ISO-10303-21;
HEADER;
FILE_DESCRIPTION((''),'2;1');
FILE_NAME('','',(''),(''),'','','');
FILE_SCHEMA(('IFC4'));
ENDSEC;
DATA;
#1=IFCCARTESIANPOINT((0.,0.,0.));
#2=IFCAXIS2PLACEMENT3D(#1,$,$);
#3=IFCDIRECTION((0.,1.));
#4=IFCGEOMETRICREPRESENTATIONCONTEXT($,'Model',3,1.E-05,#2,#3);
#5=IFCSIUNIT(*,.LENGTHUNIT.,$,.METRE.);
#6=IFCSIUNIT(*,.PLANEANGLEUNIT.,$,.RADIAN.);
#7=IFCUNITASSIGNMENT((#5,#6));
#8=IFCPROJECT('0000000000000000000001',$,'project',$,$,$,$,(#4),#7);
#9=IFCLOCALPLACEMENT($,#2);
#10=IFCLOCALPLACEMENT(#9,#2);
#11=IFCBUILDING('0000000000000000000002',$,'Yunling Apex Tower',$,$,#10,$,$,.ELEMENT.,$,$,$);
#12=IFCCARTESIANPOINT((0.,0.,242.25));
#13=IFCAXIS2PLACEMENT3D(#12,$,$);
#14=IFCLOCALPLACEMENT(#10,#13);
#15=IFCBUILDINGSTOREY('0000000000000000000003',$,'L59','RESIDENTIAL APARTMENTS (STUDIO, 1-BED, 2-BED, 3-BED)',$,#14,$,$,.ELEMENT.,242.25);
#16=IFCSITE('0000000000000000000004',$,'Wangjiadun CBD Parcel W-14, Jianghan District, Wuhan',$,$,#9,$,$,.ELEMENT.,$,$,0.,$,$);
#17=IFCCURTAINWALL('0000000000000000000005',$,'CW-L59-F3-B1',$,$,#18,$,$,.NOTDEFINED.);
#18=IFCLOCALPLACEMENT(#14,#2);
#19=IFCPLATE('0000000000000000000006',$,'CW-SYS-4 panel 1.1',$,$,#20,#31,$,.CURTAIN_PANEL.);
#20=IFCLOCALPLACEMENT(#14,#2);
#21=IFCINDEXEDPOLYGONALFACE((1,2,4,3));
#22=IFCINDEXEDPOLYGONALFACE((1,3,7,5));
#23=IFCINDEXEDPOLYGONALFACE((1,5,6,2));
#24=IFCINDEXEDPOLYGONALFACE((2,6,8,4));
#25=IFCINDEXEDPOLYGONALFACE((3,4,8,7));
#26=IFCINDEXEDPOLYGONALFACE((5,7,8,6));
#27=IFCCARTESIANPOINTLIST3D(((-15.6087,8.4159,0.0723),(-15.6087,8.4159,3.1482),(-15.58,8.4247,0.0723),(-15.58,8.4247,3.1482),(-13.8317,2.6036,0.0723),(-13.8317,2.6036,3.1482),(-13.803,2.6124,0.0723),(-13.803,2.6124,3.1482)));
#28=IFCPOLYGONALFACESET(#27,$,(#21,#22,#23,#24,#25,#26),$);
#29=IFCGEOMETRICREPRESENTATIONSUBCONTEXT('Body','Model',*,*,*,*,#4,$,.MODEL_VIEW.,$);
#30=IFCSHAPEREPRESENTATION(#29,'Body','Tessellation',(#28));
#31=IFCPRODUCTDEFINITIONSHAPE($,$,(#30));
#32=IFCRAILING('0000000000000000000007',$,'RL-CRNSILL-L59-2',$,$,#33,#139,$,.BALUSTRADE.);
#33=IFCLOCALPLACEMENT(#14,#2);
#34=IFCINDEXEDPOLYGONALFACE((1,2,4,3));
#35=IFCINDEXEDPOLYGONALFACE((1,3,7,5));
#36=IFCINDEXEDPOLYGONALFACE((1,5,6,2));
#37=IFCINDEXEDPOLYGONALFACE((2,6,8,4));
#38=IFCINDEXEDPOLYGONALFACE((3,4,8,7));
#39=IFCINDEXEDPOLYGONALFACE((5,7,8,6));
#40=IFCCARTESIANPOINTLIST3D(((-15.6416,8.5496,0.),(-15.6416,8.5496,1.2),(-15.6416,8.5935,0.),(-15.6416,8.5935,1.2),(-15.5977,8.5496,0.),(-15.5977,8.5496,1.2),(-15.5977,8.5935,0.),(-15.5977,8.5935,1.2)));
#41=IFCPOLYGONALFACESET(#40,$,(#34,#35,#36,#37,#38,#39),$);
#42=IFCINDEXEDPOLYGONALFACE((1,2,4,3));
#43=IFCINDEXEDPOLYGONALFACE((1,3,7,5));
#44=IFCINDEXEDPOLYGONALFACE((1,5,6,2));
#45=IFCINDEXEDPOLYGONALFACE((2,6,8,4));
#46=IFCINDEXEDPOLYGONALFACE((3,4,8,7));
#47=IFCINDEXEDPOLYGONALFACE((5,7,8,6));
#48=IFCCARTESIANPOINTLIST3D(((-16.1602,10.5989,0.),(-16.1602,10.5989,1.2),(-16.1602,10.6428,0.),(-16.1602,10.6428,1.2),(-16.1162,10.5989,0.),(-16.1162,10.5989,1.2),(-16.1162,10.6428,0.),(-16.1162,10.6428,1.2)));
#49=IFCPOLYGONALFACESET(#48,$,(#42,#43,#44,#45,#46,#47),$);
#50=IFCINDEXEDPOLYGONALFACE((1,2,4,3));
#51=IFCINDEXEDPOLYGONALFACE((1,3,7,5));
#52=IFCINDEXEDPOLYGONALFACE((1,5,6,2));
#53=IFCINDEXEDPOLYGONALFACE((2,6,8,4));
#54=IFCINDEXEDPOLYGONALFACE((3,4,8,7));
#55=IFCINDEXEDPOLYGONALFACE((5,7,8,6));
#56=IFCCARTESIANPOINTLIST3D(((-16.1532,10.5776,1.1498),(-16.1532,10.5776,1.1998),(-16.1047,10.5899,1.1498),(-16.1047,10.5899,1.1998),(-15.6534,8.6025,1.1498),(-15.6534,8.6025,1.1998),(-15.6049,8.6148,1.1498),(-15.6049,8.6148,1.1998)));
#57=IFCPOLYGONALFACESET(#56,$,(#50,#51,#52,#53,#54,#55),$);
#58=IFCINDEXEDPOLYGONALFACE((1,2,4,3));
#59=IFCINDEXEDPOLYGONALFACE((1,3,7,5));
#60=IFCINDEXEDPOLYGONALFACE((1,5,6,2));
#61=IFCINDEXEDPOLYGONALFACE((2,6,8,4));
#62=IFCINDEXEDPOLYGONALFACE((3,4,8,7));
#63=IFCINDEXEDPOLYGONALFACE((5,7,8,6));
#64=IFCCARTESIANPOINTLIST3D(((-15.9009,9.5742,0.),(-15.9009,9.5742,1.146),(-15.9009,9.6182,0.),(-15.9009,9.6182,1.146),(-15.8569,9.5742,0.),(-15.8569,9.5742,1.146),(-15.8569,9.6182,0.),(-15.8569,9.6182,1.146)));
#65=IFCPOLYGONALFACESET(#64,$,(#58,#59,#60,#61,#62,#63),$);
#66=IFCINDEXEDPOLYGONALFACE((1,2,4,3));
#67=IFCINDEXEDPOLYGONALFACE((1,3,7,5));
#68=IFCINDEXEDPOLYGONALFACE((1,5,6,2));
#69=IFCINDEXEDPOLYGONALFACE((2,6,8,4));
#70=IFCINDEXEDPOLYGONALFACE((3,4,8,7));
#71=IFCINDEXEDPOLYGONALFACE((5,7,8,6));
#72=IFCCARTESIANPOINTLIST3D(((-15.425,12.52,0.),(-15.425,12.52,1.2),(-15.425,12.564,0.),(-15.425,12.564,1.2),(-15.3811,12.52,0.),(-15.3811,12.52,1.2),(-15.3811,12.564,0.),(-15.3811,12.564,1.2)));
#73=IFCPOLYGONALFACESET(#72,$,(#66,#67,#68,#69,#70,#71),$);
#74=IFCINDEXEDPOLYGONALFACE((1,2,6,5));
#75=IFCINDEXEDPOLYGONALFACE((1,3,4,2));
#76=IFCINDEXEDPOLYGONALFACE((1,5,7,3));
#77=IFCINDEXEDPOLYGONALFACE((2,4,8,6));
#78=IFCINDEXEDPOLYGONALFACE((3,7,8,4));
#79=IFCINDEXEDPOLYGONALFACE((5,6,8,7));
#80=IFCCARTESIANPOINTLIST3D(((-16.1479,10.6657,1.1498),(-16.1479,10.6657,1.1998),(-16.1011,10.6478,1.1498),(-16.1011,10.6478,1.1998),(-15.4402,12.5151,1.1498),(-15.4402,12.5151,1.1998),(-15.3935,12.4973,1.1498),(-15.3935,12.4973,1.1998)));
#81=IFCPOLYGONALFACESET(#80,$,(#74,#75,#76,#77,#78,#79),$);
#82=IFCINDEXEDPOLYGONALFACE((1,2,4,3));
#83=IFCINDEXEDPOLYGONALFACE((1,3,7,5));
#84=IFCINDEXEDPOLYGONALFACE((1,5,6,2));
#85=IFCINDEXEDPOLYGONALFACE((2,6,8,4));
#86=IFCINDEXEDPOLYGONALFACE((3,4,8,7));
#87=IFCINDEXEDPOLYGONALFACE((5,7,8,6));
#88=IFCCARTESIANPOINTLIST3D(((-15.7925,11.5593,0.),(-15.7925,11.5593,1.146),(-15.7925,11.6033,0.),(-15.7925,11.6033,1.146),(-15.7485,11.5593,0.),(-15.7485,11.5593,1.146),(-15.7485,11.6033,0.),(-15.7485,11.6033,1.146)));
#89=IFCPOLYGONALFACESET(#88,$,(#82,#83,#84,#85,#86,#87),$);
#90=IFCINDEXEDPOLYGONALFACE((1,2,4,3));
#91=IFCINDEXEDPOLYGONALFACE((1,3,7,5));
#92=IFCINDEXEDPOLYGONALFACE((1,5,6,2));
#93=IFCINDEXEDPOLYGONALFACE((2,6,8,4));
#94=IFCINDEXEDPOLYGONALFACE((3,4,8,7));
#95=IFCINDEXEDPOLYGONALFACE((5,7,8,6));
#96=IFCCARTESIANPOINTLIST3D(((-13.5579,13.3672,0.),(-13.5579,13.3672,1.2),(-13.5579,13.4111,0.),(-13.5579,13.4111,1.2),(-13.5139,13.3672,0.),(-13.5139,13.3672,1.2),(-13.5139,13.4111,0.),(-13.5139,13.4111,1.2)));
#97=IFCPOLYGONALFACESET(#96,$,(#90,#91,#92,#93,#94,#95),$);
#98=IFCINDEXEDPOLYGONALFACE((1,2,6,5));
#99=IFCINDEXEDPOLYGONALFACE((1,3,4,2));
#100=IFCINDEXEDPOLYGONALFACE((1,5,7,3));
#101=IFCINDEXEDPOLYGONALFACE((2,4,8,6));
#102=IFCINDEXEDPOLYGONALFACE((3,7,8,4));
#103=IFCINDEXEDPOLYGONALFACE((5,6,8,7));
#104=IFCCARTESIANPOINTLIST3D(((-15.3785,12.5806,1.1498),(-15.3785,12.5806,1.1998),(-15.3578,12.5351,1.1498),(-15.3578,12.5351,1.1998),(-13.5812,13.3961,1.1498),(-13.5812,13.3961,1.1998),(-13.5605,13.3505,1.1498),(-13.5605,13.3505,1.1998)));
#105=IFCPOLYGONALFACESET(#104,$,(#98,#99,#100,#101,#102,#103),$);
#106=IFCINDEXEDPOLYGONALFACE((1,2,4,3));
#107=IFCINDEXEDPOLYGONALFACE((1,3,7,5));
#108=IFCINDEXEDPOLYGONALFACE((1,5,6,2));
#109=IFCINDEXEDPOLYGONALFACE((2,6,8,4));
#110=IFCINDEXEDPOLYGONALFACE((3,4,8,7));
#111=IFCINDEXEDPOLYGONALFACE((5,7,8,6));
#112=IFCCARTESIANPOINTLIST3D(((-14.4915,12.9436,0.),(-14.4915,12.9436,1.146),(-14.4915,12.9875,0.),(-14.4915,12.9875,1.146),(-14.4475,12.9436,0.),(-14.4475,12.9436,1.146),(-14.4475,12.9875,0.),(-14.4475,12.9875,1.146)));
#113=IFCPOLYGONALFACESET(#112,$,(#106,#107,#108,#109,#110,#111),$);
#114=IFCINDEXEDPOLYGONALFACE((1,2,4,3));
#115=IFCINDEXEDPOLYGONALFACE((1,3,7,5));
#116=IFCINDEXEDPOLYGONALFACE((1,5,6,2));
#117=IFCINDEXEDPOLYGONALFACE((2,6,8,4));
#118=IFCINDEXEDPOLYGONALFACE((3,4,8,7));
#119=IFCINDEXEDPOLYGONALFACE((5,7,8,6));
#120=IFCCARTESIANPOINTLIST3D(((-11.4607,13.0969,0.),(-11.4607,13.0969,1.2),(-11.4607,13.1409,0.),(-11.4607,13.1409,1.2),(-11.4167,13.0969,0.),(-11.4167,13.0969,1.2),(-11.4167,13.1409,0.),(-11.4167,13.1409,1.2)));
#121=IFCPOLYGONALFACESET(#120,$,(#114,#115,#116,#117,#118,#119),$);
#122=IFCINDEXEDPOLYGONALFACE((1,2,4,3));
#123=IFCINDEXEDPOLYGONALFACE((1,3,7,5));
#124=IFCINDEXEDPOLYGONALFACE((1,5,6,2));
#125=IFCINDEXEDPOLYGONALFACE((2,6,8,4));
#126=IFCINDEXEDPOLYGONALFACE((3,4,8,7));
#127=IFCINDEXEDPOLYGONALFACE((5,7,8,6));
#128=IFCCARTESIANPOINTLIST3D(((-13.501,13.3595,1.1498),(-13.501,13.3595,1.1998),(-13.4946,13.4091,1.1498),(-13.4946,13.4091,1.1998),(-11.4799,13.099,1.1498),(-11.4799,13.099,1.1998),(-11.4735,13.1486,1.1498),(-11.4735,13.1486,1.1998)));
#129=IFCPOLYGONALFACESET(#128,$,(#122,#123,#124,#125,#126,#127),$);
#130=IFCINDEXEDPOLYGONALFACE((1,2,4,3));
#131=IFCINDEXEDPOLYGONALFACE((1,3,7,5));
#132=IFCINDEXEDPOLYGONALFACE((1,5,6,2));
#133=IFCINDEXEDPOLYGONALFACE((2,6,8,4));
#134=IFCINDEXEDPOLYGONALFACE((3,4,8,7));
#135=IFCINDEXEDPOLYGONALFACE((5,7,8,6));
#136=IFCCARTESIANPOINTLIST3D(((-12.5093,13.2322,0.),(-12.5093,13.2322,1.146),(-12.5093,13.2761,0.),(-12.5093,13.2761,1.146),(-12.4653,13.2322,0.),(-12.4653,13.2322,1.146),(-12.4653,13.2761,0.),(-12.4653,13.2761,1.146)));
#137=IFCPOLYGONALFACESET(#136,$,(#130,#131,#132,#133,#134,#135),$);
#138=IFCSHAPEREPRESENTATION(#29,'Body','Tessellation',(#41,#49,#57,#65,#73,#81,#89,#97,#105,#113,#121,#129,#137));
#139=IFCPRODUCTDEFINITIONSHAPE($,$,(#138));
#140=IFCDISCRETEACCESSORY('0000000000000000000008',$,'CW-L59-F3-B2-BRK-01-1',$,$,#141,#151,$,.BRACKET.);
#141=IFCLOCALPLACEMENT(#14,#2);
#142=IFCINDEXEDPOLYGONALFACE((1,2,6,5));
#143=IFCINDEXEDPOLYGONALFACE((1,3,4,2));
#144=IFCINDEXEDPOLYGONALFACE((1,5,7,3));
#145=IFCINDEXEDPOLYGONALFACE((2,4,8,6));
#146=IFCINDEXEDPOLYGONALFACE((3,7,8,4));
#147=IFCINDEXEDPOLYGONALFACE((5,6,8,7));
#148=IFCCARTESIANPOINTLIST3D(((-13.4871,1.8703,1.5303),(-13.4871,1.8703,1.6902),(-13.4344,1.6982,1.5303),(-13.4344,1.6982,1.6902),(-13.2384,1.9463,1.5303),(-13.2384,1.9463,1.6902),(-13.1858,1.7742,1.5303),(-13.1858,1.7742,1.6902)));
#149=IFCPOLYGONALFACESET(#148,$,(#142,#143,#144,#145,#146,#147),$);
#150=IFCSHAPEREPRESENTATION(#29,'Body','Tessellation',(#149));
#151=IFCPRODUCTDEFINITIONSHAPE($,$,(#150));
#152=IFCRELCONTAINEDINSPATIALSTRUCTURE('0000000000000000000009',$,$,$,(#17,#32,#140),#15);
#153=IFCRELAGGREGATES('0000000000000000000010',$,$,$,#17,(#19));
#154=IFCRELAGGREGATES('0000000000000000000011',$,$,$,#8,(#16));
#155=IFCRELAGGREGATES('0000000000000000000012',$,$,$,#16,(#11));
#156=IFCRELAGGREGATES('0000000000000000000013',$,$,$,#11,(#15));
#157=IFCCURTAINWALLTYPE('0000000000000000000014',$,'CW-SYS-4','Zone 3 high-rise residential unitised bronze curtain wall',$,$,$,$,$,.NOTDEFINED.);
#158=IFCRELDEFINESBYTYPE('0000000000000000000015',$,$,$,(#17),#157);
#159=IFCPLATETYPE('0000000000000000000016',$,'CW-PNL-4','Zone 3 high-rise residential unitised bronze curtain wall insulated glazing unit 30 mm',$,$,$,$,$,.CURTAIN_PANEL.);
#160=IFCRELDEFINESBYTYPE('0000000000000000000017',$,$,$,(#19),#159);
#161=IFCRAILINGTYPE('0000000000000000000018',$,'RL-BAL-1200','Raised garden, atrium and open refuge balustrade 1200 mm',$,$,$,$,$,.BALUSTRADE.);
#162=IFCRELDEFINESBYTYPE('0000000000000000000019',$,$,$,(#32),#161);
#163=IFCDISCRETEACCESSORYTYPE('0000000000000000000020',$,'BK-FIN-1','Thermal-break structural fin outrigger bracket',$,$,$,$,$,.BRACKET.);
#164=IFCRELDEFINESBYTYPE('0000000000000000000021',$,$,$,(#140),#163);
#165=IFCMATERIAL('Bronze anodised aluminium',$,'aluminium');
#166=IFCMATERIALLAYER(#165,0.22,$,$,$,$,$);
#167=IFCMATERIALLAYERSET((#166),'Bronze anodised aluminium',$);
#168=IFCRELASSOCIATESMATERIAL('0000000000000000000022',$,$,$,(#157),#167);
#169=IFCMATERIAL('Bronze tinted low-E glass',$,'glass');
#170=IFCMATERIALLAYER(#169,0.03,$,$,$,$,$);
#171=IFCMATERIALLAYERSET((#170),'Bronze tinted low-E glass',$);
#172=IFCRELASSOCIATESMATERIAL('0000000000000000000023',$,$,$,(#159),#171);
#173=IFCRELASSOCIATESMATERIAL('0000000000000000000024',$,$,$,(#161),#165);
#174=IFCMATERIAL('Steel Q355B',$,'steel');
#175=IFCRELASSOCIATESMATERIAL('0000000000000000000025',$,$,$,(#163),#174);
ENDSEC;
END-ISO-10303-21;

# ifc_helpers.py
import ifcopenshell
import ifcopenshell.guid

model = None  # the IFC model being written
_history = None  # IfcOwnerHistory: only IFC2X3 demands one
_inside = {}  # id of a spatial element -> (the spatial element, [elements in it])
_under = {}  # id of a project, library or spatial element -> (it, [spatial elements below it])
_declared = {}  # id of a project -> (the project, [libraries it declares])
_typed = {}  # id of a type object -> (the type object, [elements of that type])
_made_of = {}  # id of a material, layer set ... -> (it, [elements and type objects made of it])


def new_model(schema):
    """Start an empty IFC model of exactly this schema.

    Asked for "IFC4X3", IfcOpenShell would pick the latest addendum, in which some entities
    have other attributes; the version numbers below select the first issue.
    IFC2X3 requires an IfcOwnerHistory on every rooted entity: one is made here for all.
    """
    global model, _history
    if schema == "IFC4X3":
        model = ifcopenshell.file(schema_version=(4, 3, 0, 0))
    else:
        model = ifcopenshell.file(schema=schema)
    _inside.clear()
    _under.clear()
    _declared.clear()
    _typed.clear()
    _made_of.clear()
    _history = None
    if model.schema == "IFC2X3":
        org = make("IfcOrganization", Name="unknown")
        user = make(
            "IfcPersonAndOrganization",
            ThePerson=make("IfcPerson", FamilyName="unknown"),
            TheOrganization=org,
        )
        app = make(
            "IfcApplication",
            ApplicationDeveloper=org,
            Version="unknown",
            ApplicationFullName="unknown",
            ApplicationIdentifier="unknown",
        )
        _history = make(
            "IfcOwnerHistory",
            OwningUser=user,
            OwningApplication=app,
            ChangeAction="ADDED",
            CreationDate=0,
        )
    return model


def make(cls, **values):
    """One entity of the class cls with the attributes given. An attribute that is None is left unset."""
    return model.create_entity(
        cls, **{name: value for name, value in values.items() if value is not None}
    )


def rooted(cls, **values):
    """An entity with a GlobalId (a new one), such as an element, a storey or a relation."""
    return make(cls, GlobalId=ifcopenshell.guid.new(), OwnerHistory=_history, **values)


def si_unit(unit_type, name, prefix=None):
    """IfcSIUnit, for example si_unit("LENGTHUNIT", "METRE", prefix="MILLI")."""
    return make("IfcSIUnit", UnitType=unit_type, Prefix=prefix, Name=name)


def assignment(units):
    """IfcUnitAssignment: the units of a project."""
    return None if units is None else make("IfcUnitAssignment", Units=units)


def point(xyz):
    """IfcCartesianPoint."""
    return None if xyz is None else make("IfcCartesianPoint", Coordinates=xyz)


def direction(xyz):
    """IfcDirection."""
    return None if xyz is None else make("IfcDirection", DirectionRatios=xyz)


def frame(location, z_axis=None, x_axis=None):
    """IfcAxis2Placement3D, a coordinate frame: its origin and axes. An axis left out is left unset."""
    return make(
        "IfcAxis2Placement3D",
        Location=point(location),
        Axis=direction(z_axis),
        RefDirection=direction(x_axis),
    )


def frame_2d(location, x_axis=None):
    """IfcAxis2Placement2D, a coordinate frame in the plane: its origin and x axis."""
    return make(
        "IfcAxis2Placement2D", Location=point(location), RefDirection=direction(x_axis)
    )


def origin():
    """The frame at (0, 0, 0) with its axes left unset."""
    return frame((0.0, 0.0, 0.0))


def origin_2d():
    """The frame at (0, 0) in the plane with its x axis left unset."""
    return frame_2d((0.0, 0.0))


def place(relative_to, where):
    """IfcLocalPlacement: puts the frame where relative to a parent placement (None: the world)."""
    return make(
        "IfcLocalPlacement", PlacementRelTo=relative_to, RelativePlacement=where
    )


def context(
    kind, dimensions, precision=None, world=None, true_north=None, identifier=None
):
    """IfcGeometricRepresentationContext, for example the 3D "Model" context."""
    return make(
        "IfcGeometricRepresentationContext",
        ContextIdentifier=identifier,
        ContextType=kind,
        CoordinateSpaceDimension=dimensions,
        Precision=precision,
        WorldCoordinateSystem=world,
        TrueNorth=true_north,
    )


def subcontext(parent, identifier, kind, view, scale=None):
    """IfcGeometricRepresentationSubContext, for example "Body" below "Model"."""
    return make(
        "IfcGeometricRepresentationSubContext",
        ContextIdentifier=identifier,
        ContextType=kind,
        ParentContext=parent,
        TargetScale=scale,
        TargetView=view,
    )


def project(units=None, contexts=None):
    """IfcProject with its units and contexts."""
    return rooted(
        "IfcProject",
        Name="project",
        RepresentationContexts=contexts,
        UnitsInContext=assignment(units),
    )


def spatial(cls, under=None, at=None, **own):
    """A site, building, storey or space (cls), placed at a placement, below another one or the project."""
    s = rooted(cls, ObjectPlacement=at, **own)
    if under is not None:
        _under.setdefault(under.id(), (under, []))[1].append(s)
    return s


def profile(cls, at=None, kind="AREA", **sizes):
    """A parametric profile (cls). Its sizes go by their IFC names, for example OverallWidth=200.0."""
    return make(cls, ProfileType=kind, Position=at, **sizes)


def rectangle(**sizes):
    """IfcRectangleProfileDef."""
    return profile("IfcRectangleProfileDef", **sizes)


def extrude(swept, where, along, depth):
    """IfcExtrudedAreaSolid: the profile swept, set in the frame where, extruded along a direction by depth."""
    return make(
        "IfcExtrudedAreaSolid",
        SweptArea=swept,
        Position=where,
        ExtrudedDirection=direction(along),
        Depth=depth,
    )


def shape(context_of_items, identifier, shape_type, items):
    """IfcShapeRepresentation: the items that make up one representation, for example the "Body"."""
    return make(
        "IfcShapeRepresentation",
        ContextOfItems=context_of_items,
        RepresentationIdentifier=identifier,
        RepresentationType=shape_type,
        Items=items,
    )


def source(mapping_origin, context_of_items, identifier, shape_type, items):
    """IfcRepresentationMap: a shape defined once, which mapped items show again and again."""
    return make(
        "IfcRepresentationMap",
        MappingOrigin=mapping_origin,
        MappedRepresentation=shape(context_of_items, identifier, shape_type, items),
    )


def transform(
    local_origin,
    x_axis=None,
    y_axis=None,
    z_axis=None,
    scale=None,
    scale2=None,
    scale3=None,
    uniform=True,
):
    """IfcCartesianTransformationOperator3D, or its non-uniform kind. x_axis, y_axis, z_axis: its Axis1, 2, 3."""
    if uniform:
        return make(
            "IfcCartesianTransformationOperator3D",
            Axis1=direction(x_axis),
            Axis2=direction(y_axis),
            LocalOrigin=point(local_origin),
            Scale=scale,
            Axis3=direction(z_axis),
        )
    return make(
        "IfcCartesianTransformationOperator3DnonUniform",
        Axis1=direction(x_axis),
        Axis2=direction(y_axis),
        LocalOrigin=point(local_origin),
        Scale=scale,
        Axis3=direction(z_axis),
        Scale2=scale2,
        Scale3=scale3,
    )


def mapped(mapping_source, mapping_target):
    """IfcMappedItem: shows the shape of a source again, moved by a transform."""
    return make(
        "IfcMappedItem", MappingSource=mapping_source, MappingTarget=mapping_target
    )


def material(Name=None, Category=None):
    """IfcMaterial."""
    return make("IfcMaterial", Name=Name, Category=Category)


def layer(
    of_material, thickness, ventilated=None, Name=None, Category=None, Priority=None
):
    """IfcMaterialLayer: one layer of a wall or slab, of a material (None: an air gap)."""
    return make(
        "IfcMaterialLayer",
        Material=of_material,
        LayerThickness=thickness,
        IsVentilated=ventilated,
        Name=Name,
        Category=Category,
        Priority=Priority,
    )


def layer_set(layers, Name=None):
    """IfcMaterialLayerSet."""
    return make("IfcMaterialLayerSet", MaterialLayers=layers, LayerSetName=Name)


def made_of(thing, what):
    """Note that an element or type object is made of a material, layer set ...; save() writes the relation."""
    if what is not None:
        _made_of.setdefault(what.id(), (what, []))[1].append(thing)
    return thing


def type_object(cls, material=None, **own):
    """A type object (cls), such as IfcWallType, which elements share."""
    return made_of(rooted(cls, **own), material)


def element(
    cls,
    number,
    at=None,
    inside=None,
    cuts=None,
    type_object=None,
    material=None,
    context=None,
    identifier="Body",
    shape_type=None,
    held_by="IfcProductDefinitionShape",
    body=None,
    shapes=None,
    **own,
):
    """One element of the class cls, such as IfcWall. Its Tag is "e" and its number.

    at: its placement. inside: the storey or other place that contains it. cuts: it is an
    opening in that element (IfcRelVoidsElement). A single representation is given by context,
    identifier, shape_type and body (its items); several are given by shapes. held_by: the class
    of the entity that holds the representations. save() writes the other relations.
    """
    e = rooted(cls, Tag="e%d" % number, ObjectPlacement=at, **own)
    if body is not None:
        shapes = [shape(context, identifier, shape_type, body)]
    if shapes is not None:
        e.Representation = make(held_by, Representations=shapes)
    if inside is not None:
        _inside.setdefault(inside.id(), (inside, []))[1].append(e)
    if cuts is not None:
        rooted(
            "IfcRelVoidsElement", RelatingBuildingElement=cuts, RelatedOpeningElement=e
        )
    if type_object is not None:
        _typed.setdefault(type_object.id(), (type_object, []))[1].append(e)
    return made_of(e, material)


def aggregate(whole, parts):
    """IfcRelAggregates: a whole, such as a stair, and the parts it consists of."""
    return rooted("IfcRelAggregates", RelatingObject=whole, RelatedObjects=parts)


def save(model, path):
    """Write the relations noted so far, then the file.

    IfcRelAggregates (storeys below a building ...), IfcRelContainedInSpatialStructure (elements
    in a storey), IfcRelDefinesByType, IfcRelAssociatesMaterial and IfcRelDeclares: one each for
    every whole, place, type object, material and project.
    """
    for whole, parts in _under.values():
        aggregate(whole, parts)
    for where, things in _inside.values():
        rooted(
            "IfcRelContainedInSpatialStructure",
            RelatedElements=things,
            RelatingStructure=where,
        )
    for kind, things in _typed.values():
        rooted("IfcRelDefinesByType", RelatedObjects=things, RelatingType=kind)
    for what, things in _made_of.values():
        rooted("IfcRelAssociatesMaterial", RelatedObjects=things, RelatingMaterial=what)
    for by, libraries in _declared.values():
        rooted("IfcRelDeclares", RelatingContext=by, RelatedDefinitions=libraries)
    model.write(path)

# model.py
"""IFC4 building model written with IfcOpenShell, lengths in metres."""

from ifc_helpers import new_model, si_unit, direction, frame, origin, origin_2d, place, context, subcontext, project, spatial, rectangle, extrude, source, transform, mapped, material, layer, layer_set, type_object, element, aggregate, save


model = new_model("IFC4")

# Units and contexts
model_context = context("Model", 3, precision=1e-05, world=origin(), true_north=direction((0.0, 1.0)))
body_context = subcontext(model_context, "Body", "Model", "MODEL_VIEW")
ifc_project = project(units=[si_unit("LENGTHUNIT", "METRE"), si_unit("PLANEANGLEUNIT", "RADIAN")], contexts=[model_context])

# Site, building, storey
site_placement = place(None, origin())
site = spatial("IfcSite", under=ifc_project, at=site_placement, Name="Wangjiadun CBD Parcel W-14, Jianghan District, Wuhan", CompositionType="ELEMENT", RefElevation=0.0)
building_placement = place(site_placement, origin())
building = spatial("IfcBuilding", under=site, at=building_placement, Name="Yunling Apex Tower", CompositionType="ELEMENT")
storey_placement = place(building_placement, frame((0.0, 0.0, 242.25)))
storey = spatial("IfcBuildingStorey", under=building, at=storey_placement, Name="L59", Description="RESIDENTIAL APARTMENTS (STUDIO, 1-BED, 2-BED, 3-BED)", CompositionType="ELEMENT", Elevation=242.25)

# Shared definitions
ifc_material_1 = material(Name="Steel Q355B", Category="steel")

# Curtain wall
ifc_material_2 = material(Name="Bronze anodised aluminium", Category="aluminium")
ifc_layer_1 = layer(ifc_material_2, 0.22)
ifc_layer_set_1 = layer_set([ifc_layer_1], Name="Bronze anodised aluminium")
curtain_wall_type = type_object("IfcCurtainWallType", Name="CW-SYS-4", Description="Zone 3 high-rise residential unitised bronze curtain wall", PredefinedType="NOTDEFINED", material=ifc_layer_set_1)
curtain_wall_1_placement = place(storey_placement, origin())
curtain_wall_1 = element("IfcCurtainWall", 1, at=curtain_wall_1_placement, inside=storey, type_object=curtain_wall_type, Name="CW-L59-F3-B1", PredefinedType="NOTDEFINED")

# Plate
ifc_material_3 = material(Name="Bronze tinted low-E glass", Category="glass")
ifc_layer_2 = layer(ifc_material_3, 0.03)
ifc_layer_set_2 = layer_set([ifc_layer_2], Name="Bronze tinted low-E glass")
plate_type = type_object("IfcPlateType", Name="CW-PNL-4", Description="Zone 3 high-rise residential unitised bronze curtain wall insulated glazing unit 30 mm", PredefinedType="CURTAIN_PANEL", material=ifc_layer_set_2)
shared_shape_1 = source(origin(), body_context, "Body", "SweptSolid", [
    extrude(rectangle(XDim=6.0779, YDim=0.03, at=origin_2d()), origin(), (0.0, 0.0, 1.0), 3.0759),
])
plate_1_placement = place(storey_placement, frame((-14.7058, 5.5142, 0.0723), z_axis=(0.0, 0.0, 1.0), x_axis=(0.292372, -0.956305, 0.0)))
plate_1 = element("IfcPlate", 2, at=plate_1_placement, type_object=plate_type, Name="CW-SYS-4 panel 1.1", PredefinedType="CURTAIN_PANEL", context=body_context, shape_type="MappedRepresentation", body=[
    mapped(shared_shape_1, transform((0.0, 0.0, 0.0), scale=1.0)),
])
aggregate(curtain_wall_1, [plate_1])

# Railing
railing_type = type_object("IfcRailingType", Name="RL-BAL-1200", Description="Raised garden, atrium and open refuge balustrade 1200 mm", PredefinedType="BALUSTRADE", material=ifc_material_2)
railing_placement = place(storey_placement, frame((-15.6196, 8.5715, 0.0)))
element("IfcRailing", 3, at=railing_placement, inside=storey, type_object=railing_type, Name="RL-CRNSILL-L59-2", PredefinedType="BALUSTRADE", context=body_context, shape_type="SweptSolid", body=[
    extrude(rectangle(XDim=0.0439, YDim=0.0439, at=origin_2d()), origin(), (0.0, 0.0, 1.0), 1.2),
    extrude(rectangle(XDim=0.0439, YDim=0.0439, at=origin_2d()), frame((-0.5186, 2.0493, 0.0)), (0.0, 0.0, 1.0), 1.2),
    extrude(rectangle(XDim=0.05, YDim=0.05, at=origin_2d()), frame((-0.0095, 0.0371, 1.1748), z_axis=(-0.245306, 0.969446, 0.0), x_axis=(-0.969446, -0.245306, 0.0)), (0.0, 0.0, 1.0), 2.0374),
    extrude(rectangle(XDim=0.0439, YDim=0.0439, at=origin_2d()), frame((-0.2593, 1.0247, 0.0)), (0.0, 0.0, 1.0), 1.146),
    extrude(rectangle(XDim=0.0439, YDim=0.0439, at=origin_2d()), frame((0.2166, 3.9705, 0.0)), (0.0, 0.0, 1.0), 1.2),
    extrude(rectangle(XDim=0.05, YDim=0.05, at=origin_2d()), frame((-0.5049, 2.0852, 1.1748), z_axis=(0.357372, 0.933962, 0.0), x_axis=(-0.933962, 0.357372, 0.0)), (0.0, 0.0, 1.0), 1.9802),
    extrude(rectangle(XDim=0.0439, YDim=0.0439, at=origin_2d()), frame((-0.1509, 3.0098, 0.0)), (0.0, 0.0, 1.0), 1.146),
    extrude(rectangle(XDim=0.0439, YDim=0.0439, at=origin_2d()), frame((2.0837, 4.8176, 0.0)), (0.0, 0.0, 1.0), 1.2),
    extrude(rectangle(XDim=0.05, YDim=0.05, at=origin_2d()), frame((0.2515, 3.9863, 1.1748), z_axis=(0.910652, 0.413175, 0.0), x_axis=(-0.413175, 0.910652, 0.0)), (0.0, 0.0, 1.0), 1.9736),
    extrude(rectangle(XDim=0.0439, YDim=0.0439, at=origin_2d()), frame((1.1501, 4.394, 0.0)), (0.0, 0.0, 1.0), 1.146),
    extrude(rectangle(XDim=0.0439, YDim=0.0439, at=origin_2d()), frame((4.1809, 4.5474, 0.0)), (0.0, 0.0, 1.0), 1.2),
    extrude(rectangle(XDim=0.05, YDim=0.05, at=origin_2d()), frame((2.1218, 4.8127, 1.1748), z_axis=(0.991798, -0.127814, 0.0), x_axis=(0.127814, 0.991798, 0.0)), (0.0, 0.0, 1.0), 2.0378),
    extrude(rectangle(XDim=0.0439, YDim=0.0439, at=origin_2d()), frame((3.1323, 4.6826, 0.0)), (0.0, 0.0, 1.0), 1.146),
])

# Discrete accessory
discrete_accessory_type = type_object("IfcDiscreteAccessoryType", Name="BK-FIN-1", Description="Thermal-break structural fin outrigger bracket", PredefinedType="BRACKET", material=ifc_material_1)
shared_shape_2 = source(origin(), body_context, "Body", "SweptSolid", [
    extrude(rectangle(XDim=0.1799, YDim=0.26, at=origin_2d()), origin(), (0.0, 0.0, 1.0), 0.1599),
])
discrete_accessory_placement = place(storey_placement, frame((-13.3364, 1.8223, 1.5303), z_axis=(0.0, 0.0, 1.0), x_axis=(0.292372, -0.956305, 0.0)))
element("IfcDiscreteAccessory", 4, at=discrete_accessory_placement, inside=storey, type_object=discrete_accessory_type, Name="CW-L59-F3-B2-BRK-01-1", PredefinedType="BRACKET", context=body_context, shape_type="MappedRepresentation", body=[
    mapped(shared_shape_2, transform((0.0, 0.0, 0.0), scale=1.0)),
])

save(model, "model.ifc")
